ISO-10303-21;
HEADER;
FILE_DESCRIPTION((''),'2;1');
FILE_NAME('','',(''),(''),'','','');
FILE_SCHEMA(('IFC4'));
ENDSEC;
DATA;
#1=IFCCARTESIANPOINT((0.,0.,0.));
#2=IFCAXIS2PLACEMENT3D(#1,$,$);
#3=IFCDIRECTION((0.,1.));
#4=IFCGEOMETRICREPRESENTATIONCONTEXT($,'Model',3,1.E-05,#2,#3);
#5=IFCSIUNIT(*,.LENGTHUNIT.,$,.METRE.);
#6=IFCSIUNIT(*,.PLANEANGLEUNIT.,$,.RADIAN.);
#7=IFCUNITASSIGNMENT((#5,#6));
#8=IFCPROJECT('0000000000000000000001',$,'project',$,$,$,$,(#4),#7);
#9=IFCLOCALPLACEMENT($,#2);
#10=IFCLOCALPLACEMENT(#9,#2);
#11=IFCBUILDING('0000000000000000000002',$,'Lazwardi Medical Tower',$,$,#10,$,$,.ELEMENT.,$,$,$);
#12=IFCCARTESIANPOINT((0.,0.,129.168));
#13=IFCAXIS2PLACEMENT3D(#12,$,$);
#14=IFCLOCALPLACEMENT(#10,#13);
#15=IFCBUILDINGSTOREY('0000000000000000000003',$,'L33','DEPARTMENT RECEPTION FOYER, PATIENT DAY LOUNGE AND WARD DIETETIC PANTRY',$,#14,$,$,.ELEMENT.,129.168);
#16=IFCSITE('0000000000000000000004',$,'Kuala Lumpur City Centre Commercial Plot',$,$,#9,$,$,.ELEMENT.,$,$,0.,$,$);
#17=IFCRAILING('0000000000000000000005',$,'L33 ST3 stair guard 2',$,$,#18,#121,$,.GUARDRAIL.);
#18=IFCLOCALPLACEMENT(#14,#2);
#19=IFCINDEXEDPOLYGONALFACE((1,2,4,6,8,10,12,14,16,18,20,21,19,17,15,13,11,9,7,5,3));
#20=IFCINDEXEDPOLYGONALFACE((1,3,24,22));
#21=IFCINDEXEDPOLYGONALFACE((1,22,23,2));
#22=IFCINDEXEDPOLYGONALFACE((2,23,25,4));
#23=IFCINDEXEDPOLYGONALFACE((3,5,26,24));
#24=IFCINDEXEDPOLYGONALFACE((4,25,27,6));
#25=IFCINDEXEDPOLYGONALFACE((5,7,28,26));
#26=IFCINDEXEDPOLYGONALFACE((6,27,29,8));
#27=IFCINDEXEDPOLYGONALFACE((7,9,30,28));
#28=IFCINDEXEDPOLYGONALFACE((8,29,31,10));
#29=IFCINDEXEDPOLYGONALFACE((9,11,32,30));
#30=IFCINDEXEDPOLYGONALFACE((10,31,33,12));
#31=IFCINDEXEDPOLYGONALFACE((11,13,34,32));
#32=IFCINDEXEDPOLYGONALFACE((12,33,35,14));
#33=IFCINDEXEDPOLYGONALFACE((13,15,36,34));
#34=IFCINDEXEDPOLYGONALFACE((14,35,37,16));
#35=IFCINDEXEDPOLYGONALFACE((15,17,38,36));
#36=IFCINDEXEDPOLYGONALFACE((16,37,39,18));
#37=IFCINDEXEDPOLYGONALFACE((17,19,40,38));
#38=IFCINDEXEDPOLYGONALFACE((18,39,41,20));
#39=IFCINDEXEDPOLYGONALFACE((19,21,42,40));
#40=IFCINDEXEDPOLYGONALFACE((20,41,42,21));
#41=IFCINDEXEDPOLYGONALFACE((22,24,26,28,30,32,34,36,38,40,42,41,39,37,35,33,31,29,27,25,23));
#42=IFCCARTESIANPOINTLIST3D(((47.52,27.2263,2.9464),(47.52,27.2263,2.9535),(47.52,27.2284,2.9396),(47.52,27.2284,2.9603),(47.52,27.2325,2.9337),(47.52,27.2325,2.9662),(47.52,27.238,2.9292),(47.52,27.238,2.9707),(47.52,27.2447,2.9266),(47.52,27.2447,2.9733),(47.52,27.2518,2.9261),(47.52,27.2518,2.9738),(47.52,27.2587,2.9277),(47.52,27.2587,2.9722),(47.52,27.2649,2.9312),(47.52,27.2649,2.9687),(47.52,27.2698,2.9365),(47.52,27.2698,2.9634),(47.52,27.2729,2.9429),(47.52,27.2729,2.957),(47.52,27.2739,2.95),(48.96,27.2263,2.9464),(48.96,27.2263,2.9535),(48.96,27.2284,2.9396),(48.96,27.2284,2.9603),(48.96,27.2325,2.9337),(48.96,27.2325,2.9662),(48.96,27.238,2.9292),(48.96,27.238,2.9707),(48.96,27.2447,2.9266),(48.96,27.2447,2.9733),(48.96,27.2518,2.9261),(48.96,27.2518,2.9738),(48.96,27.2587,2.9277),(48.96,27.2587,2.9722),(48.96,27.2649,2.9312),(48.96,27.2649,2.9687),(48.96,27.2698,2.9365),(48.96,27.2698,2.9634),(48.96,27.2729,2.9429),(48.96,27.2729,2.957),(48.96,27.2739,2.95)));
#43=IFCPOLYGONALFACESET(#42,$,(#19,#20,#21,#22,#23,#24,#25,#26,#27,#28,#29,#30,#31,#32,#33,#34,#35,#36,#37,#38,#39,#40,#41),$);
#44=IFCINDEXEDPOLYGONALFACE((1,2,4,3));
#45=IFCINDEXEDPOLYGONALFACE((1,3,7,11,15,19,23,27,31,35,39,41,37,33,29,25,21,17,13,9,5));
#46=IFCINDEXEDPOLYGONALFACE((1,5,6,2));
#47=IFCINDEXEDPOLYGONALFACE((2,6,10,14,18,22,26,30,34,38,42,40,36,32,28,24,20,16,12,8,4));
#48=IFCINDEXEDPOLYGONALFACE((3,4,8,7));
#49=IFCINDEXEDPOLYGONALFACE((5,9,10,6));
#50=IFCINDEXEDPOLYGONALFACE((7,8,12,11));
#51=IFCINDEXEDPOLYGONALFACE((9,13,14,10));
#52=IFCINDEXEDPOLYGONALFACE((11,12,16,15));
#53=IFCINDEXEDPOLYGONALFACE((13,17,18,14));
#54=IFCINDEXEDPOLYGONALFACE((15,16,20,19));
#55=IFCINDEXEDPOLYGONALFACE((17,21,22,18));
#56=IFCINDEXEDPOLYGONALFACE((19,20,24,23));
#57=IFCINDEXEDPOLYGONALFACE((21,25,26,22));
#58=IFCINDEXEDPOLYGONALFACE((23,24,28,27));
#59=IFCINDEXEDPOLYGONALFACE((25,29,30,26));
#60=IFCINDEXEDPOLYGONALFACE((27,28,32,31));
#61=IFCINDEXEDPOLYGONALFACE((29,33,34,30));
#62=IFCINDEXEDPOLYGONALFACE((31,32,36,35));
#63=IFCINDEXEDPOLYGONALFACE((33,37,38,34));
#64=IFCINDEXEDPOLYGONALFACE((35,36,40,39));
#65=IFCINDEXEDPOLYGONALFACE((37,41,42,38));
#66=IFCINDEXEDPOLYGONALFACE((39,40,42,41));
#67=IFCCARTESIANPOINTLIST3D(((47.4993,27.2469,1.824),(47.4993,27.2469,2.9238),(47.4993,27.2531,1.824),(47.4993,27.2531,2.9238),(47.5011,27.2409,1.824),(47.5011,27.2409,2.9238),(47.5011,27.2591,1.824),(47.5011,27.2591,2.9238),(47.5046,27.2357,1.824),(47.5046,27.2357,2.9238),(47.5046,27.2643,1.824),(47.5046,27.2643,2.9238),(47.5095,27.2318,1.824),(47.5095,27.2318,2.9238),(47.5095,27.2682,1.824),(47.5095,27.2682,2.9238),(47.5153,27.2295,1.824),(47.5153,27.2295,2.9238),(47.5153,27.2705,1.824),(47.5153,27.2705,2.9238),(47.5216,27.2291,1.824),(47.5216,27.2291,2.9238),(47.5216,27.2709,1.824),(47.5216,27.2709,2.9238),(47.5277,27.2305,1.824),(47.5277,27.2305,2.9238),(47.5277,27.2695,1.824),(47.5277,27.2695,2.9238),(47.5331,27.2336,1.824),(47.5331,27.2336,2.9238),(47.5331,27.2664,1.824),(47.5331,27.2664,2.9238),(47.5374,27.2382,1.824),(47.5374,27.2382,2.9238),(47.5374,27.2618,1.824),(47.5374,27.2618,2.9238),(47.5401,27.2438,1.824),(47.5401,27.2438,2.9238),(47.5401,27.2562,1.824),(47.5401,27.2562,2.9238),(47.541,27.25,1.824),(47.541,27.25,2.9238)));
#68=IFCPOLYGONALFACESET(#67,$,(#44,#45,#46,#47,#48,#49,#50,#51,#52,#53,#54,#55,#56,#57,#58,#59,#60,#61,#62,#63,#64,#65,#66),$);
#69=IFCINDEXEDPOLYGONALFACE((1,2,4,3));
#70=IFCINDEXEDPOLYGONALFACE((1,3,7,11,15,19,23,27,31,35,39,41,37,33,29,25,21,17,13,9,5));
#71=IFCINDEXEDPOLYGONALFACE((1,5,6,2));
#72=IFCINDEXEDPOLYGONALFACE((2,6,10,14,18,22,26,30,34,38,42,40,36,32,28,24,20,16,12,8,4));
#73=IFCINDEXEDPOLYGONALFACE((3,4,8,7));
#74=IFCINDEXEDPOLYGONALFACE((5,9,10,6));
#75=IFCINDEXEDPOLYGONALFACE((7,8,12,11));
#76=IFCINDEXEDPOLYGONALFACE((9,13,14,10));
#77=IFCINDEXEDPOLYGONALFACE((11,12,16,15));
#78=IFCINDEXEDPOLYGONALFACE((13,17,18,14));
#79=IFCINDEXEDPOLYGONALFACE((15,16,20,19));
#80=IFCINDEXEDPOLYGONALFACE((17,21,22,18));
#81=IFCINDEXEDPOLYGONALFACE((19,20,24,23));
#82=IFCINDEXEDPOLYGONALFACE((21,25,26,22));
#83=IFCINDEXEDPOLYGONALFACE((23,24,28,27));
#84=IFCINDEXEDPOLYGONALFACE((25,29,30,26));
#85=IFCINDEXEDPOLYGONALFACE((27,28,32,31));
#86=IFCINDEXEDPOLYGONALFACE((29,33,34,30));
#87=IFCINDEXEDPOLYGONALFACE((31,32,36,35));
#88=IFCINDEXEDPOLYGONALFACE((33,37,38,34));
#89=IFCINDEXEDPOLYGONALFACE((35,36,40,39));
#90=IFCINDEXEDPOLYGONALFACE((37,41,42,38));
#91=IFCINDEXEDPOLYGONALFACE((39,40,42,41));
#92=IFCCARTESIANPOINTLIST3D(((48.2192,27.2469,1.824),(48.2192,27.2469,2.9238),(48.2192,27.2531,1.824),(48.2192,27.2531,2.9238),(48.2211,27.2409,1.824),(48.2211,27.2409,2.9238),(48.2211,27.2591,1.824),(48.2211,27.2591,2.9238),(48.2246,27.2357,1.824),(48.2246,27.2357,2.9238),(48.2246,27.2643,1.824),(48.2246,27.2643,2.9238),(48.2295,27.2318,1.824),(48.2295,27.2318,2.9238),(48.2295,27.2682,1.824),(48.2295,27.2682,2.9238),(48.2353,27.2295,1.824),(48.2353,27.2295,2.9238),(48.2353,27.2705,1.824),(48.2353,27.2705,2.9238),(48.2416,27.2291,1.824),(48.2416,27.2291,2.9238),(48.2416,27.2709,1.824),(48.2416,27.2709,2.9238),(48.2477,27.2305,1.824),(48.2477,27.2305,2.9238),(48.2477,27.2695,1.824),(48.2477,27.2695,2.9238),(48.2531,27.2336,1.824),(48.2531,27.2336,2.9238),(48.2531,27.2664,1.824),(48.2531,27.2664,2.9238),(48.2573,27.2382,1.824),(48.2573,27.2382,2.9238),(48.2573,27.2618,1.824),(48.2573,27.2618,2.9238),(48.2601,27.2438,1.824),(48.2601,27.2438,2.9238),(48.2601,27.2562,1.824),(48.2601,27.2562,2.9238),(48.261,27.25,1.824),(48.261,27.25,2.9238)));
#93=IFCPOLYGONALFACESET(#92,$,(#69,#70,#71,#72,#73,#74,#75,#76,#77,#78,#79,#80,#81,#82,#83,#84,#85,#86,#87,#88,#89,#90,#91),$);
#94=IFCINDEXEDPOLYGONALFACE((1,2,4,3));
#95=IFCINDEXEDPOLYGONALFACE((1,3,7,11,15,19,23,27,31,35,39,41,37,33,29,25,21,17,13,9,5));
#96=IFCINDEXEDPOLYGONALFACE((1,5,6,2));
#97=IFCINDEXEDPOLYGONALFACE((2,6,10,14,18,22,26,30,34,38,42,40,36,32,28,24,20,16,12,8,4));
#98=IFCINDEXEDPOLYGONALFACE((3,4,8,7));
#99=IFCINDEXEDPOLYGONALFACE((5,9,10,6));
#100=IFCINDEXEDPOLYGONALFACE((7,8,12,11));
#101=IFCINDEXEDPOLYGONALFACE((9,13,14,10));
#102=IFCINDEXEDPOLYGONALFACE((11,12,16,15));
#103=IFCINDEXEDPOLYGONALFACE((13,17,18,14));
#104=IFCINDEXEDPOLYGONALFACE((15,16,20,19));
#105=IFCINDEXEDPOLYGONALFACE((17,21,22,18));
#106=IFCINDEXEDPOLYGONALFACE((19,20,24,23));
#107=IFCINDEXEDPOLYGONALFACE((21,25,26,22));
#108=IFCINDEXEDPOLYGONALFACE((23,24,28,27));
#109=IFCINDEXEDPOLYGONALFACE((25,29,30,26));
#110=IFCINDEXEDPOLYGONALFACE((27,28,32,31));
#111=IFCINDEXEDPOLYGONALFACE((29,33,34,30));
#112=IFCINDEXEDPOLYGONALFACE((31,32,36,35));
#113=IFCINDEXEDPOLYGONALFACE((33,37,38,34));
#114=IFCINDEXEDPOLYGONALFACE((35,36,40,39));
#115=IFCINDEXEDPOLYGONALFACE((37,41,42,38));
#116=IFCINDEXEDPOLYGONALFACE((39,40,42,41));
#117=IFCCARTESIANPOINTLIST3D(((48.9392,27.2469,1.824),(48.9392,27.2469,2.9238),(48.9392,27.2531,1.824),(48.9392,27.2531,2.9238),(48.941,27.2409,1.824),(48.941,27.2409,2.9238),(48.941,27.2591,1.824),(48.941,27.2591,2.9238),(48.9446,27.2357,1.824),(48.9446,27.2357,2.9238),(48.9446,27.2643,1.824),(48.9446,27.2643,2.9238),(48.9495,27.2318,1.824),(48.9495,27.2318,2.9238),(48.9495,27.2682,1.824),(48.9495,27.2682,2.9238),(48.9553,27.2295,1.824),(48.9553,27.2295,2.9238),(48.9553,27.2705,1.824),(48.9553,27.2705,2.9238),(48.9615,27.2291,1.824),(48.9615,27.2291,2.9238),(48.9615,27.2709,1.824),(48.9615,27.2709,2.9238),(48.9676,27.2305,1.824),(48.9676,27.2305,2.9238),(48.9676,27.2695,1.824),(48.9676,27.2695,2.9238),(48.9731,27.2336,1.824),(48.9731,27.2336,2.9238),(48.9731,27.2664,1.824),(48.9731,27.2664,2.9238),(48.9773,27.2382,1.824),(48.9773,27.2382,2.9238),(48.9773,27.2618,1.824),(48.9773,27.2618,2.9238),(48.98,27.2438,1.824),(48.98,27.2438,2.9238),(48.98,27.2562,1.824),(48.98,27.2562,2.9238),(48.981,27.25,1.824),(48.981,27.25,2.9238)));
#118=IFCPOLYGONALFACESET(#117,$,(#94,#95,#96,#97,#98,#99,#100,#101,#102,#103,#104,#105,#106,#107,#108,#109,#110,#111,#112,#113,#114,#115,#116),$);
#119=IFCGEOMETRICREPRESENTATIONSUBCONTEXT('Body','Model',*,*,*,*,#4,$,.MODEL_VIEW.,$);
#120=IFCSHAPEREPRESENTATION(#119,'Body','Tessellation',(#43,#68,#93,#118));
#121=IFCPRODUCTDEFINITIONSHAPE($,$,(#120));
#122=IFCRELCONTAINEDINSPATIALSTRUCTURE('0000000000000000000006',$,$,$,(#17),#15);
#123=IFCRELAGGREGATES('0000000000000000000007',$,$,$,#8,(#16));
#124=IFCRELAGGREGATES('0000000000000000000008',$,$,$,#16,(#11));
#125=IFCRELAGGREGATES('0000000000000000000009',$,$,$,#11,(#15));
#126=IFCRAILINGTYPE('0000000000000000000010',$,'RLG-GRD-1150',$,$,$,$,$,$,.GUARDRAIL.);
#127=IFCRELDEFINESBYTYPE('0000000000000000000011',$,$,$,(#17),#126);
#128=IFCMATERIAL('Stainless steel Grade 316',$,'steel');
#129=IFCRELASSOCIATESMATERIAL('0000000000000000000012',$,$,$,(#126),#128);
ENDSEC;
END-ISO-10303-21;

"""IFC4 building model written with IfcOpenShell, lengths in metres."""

from ifc_helpers import new_model, si_unit, direction, frame, origin, origin_2d, place, context, subcontext, project, spatial, circle, extrude, material, type_object, element, save


model = new_model("IFC4")

# Units and contexts
model_context = context("Model", 3, precision=1e-05, world=origin(), true_north=direction((0.0, 1.0)))
body_context = subcontext(model_context, "Body", "Model", "MODEL_VIEW")
ifc_project = project(units=[si_unit("LENGTHUNIT", "METRE"), si_unit("PLANEANGLEUNIT", "RADIAN")], contexts=[model_context])

# Site, building, storey
site_placement = place(None, origin())
site = spatial("IfcSite", under=ifc_project, at=site_placement, Name="Kuala Lumpur City Centre Commercial Plot", CompositionType="ELEMENT", RefElevation=0.0)
building_placement = place(site_placement, origin())
building = spatial("IfcBuilding", under=site, at=building_placement, Name="Lazwardi Medical Tower", CompositionType="ELEMENT")
storey_placement = place(building_placement, frame((0.0, 0.0, 129.168)))
storey = spatial("IfcBuildingStorey", under=building, at=storey_placement, Name="L33", Description="DEPARTMENT RECEPTION FOYER, PATIENT DAY LOUNGE AND WARD DIETETIC PANTRY", CompositionType="ELEMENT", Elevation=129.168)

# Railing
ifc_material_1 = material(Name="Stainless steel Grade 316", Category="steel")
railing_type = type_object("IfcRailingType", Name="RLG-GRD-1150", PredefinedType="GUARDRAIL", material=ifc_material_1)
railing_placement = place(storey_placement, frame((47.52, 27.25, 1.824)))
element("IfcRailing", 1, at=railing_placement, inside=storey, type_object=railing_type, Name="L33 ST3 stair guard 2", PredefinedType="GUARDRAIL", context=body_context, shape_type="SweptSolid", body=[
    extrude(circle(Radius=0.0239, at=origin_2d()), frame((0.0, 0.0, 1.126), z_axis=(1.0, 0.0, 0.0), x_axis=(0.0, 1.0, 0.0)), (0.0, 0.0, 1.0), 1.4399),
    extrude(circle(Radius=0.021, at=origin_2d()), origin(), (0.0, 0.0, 1.0), 1.0999),
    extrude(circle(Radius=0.021, at=origin_2d()), frame((0.72, 0.0, 0.0)), (0.0, 0.0, 1.0), 1.0999),
    extrude(circle(Radius=0.021, at=origin_2d()), frame((1.4399, 0.0, 0.0)), (0.0, 0.0, 1.0), 1.0999),
])

save(model, "model.ifc")
